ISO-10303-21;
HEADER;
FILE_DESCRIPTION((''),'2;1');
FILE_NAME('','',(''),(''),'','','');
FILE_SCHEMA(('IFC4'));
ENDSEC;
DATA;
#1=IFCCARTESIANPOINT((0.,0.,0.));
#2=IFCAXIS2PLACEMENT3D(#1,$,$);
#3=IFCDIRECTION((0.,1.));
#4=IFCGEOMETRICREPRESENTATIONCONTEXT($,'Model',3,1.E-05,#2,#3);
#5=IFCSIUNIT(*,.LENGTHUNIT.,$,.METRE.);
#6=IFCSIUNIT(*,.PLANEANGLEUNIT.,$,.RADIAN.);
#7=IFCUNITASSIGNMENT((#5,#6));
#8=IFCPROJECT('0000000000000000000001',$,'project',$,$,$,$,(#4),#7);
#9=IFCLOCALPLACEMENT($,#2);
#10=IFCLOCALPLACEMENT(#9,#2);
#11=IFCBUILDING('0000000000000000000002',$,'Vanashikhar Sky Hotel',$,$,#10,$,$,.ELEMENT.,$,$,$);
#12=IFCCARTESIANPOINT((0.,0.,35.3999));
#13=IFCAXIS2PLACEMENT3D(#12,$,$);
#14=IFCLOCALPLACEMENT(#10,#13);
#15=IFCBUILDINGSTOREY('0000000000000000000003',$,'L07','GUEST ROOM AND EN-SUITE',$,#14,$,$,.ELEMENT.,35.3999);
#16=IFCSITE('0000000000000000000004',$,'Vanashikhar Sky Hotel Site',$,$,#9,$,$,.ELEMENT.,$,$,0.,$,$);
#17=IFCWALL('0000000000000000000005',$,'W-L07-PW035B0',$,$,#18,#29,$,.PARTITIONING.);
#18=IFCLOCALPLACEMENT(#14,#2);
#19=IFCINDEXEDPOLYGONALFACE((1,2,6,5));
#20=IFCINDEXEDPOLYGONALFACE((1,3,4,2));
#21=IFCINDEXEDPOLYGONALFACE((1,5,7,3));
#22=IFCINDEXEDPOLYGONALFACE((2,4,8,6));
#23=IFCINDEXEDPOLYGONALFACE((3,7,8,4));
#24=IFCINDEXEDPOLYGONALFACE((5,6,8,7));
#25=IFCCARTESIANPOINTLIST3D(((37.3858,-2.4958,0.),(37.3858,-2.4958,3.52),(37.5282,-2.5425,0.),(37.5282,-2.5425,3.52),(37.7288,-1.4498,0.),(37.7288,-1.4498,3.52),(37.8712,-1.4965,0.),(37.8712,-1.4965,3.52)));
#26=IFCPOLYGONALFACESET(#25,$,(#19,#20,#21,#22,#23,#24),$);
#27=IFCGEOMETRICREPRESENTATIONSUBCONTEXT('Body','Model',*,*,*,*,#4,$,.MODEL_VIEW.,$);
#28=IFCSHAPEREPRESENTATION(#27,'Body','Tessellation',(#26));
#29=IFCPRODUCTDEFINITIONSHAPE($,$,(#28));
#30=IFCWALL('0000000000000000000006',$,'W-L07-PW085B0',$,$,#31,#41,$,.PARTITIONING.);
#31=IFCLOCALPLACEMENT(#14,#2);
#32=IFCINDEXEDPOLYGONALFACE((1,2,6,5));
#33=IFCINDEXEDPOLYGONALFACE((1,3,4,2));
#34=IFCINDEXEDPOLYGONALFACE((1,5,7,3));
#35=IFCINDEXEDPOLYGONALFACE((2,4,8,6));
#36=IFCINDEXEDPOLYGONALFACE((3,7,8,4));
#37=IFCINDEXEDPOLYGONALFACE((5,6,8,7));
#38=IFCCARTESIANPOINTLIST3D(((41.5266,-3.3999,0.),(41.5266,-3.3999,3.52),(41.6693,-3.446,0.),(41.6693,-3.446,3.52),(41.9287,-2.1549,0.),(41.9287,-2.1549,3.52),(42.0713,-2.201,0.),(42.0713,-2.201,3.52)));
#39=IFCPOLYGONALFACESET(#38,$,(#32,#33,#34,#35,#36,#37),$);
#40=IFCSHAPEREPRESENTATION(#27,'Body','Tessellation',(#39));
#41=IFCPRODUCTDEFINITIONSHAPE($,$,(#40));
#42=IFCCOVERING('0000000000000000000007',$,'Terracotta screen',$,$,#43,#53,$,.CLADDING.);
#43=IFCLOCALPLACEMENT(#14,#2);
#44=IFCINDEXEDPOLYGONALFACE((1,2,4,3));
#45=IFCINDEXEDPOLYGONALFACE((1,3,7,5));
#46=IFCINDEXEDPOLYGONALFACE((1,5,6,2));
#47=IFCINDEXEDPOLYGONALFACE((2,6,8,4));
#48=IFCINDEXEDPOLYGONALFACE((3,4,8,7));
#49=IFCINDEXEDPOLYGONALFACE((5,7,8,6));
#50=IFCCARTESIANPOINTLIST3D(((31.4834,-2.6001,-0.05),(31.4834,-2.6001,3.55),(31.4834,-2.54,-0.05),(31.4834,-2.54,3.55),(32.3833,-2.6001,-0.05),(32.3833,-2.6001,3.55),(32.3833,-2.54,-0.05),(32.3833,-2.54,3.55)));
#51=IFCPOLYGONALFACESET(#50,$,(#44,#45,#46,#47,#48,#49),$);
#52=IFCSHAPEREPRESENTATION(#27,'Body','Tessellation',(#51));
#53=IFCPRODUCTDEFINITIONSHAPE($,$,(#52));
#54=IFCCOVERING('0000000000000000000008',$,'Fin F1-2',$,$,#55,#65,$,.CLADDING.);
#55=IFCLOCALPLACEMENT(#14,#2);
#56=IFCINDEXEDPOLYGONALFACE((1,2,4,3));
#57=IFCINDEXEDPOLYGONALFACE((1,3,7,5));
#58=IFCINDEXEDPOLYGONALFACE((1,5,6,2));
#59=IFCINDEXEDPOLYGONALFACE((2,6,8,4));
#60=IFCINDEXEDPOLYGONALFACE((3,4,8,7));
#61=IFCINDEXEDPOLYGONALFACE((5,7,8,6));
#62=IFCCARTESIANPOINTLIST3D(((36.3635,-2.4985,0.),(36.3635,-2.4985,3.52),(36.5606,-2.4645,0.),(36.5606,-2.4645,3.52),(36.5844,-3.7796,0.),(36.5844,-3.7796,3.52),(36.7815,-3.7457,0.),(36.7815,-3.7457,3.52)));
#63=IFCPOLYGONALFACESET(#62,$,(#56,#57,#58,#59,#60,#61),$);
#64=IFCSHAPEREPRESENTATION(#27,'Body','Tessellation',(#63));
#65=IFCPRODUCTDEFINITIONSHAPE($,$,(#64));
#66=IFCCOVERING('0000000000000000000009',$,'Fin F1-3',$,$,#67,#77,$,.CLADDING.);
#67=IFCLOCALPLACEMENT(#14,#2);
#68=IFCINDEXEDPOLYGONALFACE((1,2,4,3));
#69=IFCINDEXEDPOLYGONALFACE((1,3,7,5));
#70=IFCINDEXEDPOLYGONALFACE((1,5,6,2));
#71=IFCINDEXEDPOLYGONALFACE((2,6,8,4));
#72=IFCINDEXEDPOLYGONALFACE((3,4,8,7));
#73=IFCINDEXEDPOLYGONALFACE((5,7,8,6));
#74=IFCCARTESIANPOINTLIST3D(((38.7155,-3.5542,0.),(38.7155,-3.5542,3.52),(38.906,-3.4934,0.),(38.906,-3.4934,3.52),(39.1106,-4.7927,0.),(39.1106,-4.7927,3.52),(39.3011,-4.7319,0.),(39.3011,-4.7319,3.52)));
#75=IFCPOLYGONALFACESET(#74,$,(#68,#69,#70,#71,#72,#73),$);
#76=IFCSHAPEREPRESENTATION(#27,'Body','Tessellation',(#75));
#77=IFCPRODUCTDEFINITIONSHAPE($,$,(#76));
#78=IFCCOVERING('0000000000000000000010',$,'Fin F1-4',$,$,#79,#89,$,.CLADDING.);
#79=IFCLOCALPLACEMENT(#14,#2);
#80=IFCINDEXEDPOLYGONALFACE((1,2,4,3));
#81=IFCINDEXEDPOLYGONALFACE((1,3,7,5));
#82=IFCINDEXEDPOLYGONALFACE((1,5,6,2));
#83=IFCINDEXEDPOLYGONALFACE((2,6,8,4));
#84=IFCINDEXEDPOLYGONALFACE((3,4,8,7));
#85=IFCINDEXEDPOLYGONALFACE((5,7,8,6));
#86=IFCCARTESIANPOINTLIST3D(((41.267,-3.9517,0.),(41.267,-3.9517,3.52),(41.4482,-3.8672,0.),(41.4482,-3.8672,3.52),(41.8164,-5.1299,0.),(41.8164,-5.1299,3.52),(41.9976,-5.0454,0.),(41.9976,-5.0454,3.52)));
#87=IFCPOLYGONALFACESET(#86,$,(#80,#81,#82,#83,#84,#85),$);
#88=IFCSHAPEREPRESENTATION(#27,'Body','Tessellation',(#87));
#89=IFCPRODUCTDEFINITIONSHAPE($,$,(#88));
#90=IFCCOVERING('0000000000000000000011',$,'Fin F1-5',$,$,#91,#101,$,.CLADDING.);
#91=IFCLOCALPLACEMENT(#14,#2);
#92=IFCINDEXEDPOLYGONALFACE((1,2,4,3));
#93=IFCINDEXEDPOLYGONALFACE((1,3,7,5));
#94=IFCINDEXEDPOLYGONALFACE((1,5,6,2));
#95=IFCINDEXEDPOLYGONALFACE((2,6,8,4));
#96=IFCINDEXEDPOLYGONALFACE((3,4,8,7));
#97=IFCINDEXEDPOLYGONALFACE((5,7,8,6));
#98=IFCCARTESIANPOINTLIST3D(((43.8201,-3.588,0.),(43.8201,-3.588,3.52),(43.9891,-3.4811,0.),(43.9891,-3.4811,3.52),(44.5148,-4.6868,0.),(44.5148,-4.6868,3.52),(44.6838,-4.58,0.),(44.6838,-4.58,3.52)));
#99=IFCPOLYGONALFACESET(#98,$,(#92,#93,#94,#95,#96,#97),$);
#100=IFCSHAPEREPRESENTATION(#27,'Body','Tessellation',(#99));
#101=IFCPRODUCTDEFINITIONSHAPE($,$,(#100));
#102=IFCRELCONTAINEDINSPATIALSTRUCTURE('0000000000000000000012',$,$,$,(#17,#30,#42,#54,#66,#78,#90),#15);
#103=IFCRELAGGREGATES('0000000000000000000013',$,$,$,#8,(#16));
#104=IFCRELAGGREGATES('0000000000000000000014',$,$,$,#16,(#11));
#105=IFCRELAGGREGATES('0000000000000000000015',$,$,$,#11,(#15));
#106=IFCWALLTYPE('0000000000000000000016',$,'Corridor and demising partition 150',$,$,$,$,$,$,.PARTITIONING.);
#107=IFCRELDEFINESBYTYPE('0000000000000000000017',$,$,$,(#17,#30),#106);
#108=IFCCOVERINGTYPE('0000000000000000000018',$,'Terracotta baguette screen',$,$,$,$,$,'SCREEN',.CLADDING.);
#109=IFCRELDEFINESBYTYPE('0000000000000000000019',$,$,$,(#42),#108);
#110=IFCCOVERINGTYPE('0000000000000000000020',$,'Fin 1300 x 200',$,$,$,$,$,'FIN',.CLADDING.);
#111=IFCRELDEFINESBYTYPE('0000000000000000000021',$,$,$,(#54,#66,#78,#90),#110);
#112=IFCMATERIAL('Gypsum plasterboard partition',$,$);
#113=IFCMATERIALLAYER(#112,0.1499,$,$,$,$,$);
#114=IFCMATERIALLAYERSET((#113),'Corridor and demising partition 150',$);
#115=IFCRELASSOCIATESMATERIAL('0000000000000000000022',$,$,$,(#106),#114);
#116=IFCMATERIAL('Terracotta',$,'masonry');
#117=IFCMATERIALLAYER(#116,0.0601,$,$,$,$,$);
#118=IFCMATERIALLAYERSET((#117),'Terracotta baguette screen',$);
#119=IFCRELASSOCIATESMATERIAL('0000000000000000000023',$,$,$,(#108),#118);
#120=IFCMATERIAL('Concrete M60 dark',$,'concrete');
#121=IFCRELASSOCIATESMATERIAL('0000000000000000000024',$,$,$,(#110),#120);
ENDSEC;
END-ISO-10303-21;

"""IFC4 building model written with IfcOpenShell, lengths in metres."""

from ifc_helpers import new_model, si_unit, direction, frame, frame_2d, origin, origin_2d, place, context, subcontext, project, spatial, rectangle, extrude, source, transform, mapped, material, layer, layer_set, material_profile, profile_set, type_object, element, save


model = new_model("IFC4")

# Units and contexts
model_context = context("Model", 3, precision=1e-05, world=origin(), true_north=direction((0.0, 1.0)))
body_context = subcontext(model_context, "Body", "Model", "MODEL_VIEW")
ifc_project = project(units=[si_unit("LENGTHUNIT", "METRE"), si_unit("PLANEANGLEUNIT", "RADIAN")], contexts=[model_context])

# Site, building, storey
site_placement = place(None, origin())
site = spatial("IfcSite", under=ifc_project, at=site_placement, Name="Vanashikhar Sky Hotel Site", CompositionType="ELEMENT", RefElevation=0.0)
building_placement = place(site_placement, origin())
building = spatial("IfcBuilding", under=site, at=building_placement, Name="Vanashikhar Sky Hotel", CompositionType="ELEMENT")
storey_placement = place(building_placement, frame((0.0, 0.0, 35.3999)))
storey = spatial("IfcBuildingStorey", under=building, at=storey_placement, Name="L07", Description="GUEST ROOM AND EN-SUITE", CompositionType="ELEMENT", Elevation=35.3999)

# Walls
ifc_material_1 = material(Name="Gypsum plasterboard partition")
ifc_layer_1 = layer(ifc_material_1, 0.1499)
ifc_layer_set_1 = layer_set([ifc_layer_1], Name="Corridor and demising partition 150")
wall_type_1 = type_object("IfcWallType", Name="Corridor and demising partition 150", PredefinedType="PARTITIONING", material=ifc_layer_set_1)
shared_shape_1 = source(origin(), body_context, "Body", "SweptSolid", [
    extrude(rectangle(XDim=1.1008, YDim=0.1499, at=frame_2d((0.5503, 0.0))), origin(), (0.0, 0.0, 1.0), 3.52),
])
wall_1_placement = place(storey_placement, frame((37.457, -2.519, 0.0), z_axis=(0.0, 0.0, 1.0), x_axis=(0.311567, 0.950224, 0.0)))
element("IfcWall", 1, at=wall_1_placement, inside=storey, type_object=wall_type_1, Name="W-L07-PW035B0", PredefinedType="PARTITIONING", context=body_context, shape_type="MappedRepresentation", body=[
    mapped(shared_shape_1, transform((0.0, 0.0, 0.0), scale=1.0)),
])
shared_shape_2 = source(origin(), body_context, "Body", "SweptSolid", [
    extrude(rectangle(XDim=1.3083, YDim=0.1499, at=frame_2d((0.6543, 0.0))), origin(), (0.0, 0.0, 1.0), 3.52),
])
wall_2_placement = place(storey_placement, frame((41.5979, -3.4231, 0.0), z_axis=(0.0, 0.0, 1.0), x_axis=(0.307314, 0.951608, 0.0)))
element("IfcWall", 2, at=wall_2_placement, inside=storey, type_object=wall_type_1, Name="W-L07-PW085B0", PredefinedType="PARTITIONING", context=body_context, shape_type="MappedRepresentation", body=[
    mapped(shared_shape_2, transform((0.0, 0.0, 0.0), scale=1.0)),
])

# Coverings
ifc_material_2 = material(Name="Terracotta", Category="masonry")
ifc_layer_2 = layer(ifc_material_2, 0.0601)
ifc_layer_set_2 = layer_set([ifc_layer_2], Name="Terracotta baguette screen")
covering_type_1 = type_object("IfcCoveringType", Name="Terracotta baguette screen", ElementType="SCREEN", PredefinedType="CLADDING", material=ifc_layer_set_2)
shared_shape_3 = source(origin(), body_context, "Body", "SweptSolid", [
    extrude(rectangle(XDim=0.8999, YDim=0.0601, at=origin_2d()), origin(), (0.0, 0.0, 1.0), 3.6001),
])
covering_placement = place(storey_placement, frame((31.9333, -2.5701, -0.05), z_axis=(0.0, 0.0, 1.0), x_axis=(1.0, 0.0, 0.0)))
element("IfcCovering", 3, at=covering_placement, inside=storey, type_object=covering_type_1, Name="Terracotta screen", PredefinedType="CLADDING", context=body_context, shape_type="MappedRepresentation", body=[
    mapped(shared_shape_3, transform((0.0, 0.0, 0.0), scale=1.0)),
])
ifc_material_3 = material(Name="Concrete M60 dark", Category="concrete")
ifc_material_profile = material_profile(ifc_material_3, rectangle(XDim=1.3, YDim=0.2, at=origin_2d()))
ifc_profile_set = profile_set([ifc_material_profile], Name="Fin 1300 x 200")
covering_type_2 = type_object("IfcCoveringType", Name="Fin 1300 x 200", ElementType="FIN", PredefinedType="CLADDING", material=ifc_profile_set)
shared_shape_4 = source(origin(), body_context, "Body", "SweptSolid", [
    extrude(rectangle(XDim=1.3, YDim=0.2, at=origin_2d()), origin(), (0.0, 0.0, 1.0), 3.52),
])
for number, where, z_axis, x_axis, name in (
    (4, (36.5725, -3.1221, 0.0), (0.0, 0.0, 1.0), (0.1699, -0.985461, 0.0), "Fin F1-2"),
    (5, (39.0083, -4.1431, 0.0), (0.0, 0.0, 1.0), (0.303967, -0.952683, 0.0), "Fin F1-3"),
    (6, (41.6323, -4.4985, 0.0), (0.0, 0.0, 1.0), (0.422618, -0.906308, 0.0), "Fin F1-4"),
    (7, (44.252, -4.084, 0.0), (0.0, 0.0, 1.0), (0.534411, -0.845225, 0.0), "Fin F1-5"),
):
    element("IfcCovering", number, at=place(storey_placement, frame(where, z_axis=z_axis, x_axis=x_axis)), inside=storey, type_object=covering_type_2, Name=name, PredefinedType="CLADDING", context=body_context, shape_type="MappedRepresentation", body=[
        mapped(shared_shape_4, transform((0.0, 0.0, 0.0), scale=1.0)),
    ])

save(model, "model.ifc")
